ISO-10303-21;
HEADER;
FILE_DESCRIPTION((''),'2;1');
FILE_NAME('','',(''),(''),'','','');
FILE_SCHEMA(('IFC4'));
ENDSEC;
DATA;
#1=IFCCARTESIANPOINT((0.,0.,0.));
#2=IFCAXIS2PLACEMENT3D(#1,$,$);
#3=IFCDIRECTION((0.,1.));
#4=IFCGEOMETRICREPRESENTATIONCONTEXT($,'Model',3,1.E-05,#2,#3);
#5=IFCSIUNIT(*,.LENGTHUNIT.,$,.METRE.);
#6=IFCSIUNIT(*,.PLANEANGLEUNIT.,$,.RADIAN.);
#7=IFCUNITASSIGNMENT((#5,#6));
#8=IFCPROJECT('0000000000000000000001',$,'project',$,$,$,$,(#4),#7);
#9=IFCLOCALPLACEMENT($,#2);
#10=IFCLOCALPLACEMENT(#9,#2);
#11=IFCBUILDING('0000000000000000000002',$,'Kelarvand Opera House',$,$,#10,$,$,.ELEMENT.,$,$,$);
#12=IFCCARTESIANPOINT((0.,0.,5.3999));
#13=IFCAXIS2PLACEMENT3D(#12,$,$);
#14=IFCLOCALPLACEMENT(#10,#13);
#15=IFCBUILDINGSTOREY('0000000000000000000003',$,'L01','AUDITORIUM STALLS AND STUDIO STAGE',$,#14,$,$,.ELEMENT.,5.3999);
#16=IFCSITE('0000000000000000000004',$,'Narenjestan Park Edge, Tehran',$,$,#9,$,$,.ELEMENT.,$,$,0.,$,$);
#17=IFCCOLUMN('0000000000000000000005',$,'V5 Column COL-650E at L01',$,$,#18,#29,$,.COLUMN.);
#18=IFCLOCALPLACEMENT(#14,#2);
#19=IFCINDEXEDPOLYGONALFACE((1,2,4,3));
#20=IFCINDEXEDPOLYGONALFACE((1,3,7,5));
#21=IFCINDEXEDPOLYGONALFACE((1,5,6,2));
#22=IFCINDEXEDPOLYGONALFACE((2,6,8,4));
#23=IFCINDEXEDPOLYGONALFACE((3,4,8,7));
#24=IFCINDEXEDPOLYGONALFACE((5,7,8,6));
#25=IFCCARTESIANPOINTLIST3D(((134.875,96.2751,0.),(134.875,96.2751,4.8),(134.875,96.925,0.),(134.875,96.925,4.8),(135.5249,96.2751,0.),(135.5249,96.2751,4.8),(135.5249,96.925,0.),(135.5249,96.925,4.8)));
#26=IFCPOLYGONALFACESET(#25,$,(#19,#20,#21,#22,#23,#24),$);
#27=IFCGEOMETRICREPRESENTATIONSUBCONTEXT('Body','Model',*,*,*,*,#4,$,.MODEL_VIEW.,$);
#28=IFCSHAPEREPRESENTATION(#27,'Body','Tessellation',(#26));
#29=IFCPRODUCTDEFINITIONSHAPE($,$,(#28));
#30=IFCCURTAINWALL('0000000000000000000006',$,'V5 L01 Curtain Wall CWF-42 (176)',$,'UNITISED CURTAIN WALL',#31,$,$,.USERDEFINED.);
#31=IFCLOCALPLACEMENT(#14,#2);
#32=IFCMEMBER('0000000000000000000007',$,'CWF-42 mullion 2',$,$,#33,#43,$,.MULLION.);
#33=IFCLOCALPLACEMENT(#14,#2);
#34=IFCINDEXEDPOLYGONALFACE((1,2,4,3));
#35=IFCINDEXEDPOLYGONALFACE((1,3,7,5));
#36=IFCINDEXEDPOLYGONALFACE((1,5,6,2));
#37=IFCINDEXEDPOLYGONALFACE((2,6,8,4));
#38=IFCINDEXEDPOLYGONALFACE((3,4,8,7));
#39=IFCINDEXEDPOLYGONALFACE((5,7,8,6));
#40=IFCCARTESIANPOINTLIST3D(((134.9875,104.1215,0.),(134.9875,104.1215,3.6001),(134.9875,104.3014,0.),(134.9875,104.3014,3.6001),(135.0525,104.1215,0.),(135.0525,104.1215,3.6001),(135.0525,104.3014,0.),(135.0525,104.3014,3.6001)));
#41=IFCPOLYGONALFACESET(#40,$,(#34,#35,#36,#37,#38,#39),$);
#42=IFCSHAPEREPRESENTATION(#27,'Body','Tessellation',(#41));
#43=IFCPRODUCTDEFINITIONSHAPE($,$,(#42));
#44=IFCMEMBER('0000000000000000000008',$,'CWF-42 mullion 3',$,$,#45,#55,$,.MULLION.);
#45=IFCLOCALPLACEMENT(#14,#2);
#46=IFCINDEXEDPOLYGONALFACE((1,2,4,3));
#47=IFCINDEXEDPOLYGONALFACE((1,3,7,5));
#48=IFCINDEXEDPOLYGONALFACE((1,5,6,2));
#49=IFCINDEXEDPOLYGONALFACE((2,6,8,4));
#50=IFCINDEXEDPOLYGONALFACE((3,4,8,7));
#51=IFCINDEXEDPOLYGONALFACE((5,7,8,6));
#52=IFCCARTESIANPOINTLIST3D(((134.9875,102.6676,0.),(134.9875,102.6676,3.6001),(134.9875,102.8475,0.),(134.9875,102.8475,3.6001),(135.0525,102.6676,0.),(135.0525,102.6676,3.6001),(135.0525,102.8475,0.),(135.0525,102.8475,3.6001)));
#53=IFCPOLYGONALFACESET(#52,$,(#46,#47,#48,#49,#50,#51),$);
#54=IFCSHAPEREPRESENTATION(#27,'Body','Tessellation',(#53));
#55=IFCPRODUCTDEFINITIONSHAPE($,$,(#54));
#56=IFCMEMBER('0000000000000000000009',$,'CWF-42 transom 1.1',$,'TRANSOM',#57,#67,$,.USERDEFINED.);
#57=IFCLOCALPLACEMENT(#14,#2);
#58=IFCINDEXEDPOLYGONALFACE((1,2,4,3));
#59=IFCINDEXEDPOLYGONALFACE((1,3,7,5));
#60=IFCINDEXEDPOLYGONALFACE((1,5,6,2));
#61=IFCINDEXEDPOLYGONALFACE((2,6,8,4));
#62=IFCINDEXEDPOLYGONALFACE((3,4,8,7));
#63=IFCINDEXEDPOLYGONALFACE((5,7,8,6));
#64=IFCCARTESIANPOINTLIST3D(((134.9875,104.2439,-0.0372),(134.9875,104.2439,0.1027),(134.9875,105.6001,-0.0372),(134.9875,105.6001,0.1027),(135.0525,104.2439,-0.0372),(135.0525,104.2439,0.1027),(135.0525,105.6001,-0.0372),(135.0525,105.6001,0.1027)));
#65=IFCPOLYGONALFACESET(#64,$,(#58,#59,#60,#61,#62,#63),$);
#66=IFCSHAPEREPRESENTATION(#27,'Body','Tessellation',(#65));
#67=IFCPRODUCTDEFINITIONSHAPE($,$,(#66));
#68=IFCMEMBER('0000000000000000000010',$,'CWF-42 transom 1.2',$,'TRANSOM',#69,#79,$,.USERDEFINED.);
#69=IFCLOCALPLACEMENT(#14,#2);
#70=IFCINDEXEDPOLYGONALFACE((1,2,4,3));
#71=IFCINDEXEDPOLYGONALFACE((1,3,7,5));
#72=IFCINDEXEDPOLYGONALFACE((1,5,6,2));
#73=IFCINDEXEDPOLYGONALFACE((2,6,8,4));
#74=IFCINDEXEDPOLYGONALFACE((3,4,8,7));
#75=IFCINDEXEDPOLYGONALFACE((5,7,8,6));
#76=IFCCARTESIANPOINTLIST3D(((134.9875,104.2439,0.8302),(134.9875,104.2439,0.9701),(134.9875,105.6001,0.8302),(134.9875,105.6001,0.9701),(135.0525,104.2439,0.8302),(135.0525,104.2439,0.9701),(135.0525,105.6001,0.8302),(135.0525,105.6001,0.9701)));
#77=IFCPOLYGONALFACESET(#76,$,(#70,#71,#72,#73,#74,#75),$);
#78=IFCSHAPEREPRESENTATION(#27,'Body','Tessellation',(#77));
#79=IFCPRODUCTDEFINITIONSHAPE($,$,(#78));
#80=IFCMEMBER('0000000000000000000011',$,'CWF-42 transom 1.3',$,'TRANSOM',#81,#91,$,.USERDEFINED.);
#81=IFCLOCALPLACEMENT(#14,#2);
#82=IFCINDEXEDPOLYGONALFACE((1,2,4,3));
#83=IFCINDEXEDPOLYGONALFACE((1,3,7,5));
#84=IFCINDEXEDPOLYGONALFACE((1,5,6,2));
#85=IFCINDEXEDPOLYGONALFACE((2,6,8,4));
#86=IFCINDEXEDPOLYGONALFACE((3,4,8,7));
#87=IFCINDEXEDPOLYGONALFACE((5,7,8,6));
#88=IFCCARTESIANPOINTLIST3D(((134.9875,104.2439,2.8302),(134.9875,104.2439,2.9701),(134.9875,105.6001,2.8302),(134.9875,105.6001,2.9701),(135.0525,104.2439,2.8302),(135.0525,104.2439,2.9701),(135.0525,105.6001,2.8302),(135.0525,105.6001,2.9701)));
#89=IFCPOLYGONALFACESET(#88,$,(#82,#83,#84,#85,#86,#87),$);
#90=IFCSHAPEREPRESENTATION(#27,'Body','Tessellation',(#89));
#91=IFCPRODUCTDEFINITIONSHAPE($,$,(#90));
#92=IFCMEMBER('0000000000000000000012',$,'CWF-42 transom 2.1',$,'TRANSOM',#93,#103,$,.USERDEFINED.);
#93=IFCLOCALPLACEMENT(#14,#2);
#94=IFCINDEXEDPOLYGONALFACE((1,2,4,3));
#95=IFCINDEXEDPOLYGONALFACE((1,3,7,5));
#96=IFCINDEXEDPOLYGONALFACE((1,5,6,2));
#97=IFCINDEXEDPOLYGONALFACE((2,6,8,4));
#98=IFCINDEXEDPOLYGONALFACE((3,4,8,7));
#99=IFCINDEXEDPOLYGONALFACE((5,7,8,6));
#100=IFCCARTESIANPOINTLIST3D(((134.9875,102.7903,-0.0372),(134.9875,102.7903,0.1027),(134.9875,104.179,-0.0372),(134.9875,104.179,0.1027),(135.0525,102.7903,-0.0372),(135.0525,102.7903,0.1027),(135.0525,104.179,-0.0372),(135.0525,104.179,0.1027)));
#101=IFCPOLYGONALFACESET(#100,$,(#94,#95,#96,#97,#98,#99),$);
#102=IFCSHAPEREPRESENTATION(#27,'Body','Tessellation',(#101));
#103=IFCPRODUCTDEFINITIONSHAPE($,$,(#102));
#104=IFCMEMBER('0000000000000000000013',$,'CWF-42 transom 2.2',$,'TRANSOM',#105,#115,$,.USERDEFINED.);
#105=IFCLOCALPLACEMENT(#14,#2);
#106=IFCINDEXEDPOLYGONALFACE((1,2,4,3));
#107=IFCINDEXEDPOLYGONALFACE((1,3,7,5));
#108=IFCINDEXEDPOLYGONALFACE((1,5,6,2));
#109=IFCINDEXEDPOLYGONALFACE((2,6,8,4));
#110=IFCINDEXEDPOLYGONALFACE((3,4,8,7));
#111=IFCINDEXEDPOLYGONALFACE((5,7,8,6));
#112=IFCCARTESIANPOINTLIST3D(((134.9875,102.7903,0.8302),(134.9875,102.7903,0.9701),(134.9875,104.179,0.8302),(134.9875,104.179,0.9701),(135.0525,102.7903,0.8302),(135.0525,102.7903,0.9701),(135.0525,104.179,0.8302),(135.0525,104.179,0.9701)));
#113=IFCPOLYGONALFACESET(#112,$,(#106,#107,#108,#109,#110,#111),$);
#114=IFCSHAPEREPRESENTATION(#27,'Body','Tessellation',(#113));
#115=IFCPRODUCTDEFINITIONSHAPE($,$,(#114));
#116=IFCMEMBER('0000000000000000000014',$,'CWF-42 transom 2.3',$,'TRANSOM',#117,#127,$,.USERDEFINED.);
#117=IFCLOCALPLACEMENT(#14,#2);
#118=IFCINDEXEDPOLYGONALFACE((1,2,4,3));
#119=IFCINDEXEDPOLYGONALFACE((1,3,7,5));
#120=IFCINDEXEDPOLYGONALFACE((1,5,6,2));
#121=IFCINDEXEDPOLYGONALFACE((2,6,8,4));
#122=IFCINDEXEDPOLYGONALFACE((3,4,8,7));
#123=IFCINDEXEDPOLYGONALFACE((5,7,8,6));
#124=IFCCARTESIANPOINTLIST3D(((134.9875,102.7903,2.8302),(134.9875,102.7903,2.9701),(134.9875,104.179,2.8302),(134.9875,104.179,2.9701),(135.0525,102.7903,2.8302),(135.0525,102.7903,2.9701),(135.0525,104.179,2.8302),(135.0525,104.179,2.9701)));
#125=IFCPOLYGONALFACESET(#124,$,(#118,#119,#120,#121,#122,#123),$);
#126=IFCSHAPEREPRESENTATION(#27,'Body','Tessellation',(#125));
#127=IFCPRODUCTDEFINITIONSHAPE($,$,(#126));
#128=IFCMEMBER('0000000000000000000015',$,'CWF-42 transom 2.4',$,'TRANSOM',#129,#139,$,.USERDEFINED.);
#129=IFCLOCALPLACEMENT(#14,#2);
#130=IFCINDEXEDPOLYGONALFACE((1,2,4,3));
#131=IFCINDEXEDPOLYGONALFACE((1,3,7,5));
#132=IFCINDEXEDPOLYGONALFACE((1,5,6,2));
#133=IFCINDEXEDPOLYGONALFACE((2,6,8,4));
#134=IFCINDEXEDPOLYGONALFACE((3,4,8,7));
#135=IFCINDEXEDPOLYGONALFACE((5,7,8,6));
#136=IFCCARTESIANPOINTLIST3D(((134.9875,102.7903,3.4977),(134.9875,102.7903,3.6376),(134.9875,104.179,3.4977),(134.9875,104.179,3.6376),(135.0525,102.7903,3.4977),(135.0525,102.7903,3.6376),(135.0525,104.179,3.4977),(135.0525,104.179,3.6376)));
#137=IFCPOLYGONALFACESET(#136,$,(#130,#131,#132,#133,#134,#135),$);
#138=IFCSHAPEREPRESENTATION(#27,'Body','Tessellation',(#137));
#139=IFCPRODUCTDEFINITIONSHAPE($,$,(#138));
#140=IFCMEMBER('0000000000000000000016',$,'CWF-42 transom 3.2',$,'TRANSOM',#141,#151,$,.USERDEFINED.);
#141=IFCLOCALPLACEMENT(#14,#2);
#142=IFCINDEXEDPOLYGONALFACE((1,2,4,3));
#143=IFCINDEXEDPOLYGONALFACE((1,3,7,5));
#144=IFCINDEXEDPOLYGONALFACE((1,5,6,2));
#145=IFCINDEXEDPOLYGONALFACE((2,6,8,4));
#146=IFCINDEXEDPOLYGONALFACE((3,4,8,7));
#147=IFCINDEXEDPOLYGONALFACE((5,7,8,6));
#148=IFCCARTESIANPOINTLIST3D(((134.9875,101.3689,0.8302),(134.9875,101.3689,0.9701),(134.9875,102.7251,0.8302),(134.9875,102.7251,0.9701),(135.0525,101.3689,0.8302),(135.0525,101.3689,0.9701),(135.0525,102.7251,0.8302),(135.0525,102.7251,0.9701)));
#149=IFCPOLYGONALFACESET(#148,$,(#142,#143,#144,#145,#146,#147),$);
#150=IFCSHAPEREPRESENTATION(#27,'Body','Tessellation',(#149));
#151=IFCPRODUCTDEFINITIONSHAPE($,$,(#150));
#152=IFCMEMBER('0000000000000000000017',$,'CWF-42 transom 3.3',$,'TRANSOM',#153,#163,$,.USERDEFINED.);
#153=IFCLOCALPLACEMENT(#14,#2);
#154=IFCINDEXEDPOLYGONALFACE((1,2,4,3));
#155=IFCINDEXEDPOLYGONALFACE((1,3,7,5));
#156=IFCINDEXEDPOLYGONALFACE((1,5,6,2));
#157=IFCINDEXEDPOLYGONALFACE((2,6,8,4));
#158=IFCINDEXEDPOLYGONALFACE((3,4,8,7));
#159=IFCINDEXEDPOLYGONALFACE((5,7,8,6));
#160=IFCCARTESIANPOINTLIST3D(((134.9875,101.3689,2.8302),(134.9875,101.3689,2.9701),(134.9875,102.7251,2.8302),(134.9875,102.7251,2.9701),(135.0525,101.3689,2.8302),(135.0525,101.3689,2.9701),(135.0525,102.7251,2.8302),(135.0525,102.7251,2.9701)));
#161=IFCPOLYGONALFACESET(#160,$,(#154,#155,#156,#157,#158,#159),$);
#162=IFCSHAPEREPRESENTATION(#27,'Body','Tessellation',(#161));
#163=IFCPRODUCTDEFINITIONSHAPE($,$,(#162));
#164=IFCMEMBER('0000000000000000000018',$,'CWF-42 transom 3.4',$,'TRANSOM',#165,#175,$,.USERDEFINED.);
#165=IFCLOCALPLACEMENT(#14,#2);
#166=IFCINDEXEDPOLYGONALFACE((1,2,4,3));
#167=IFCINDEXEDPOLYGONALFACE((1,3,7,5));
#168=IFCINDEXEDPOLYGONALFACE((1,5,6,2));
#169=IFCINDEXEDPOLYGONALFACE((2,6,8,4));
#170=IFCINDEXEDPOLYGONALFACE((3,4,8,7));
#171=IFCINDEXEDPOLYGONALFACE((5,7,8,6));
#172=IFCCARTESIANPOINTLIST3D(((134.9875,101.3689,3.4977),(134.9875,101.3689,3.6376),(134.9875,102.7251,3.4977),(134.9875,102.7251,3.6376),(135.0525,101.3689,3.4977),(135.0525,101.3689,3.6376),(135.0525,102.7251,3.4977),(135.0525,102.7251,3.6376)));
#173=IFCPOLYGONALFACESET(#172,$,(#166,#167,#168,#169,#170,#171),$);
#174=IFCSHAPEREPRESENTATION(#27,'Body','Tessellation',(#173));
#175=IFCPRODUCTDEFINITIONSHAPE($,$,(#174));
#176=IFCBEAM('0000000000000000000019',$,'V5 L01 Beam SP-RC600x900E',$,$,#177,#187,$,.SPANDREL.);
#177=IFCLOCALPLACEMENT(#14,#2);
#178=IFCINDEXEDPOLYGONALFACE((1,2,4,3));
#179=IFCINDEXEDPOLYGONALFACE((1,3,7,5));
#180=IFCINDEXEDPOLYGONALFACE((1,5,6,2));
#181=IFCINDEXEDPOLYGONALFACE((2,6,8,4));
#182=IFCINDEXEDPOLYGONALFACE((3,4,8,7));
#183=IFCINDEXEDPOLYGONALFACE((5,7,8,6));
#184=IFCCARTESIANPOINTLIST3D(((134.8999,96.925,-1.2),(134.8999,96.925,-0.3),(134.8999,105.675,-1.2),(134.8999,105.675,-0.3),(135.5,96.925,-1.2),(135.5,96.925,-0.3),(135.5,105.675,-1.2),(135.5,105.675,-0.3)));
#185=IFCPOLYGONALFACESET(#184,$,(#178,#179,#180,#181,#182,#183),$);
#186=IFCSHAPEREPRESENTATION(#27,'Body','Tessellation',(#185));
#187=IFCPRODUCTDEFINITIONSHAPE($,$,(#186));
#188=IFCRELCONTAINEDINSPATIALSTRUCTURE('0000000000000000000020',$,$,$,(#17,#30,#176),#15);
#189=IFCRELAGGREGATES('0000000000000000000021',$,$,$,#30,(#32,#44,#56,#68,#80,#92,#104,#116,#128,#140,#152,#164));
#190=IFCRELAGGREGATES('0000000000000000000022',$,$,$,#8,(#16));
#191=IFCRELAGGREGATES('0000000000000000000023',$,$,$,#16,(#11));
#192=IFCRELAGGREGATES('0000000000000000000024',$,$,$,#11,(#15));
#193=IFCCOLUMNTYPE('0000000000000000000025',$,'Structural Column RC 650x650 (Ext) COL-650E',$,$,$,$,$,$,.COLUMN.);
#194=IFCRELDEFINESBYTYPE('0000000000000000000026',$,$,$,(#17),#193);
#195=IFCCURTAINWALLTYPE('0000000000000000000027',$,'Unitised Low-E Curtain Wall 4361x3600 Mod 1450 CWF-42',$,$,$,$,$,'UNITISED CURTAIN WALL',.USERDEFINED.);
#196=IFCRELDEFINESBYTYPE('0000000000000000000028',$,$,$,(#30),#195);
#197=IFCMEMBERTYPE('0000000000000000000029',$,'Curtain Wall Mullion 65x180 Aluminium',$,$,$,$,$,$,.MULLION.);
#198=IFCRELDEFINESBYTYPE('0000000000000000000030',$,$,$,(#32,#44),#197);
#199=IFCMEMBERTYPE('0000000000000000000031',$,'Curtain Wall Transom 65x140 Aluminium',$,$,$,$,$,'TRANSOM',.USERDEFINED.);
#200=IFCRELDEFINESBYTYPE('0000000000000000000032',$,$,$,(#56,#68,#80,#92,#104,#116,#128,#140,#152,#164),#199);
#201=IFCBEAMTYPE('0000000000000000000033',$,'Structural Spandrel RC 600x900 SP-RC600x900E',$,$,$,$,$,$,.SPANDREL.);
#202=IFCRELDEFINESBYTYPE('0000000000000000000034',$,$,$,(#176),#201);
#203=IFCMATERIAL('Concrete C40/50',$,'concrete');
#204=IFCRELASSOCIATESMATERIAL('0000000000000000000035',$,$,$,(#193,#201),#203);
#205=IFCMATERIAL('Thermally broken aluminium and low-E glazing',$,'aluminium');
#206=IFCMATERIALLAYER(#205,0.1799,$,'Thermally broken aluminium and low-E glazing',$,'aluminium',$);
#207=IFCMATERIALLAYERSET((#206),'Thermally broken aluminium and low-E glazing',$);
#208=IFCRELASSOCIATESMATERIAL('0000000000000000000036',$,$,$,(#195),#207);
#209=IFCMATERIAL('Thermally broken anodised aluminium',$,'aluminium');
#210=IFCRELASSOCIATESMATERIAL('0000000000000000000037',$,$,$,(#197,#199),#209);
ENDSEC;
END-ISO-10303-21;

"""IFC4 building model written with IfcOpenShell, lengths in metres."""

from ifc_helpers import new_model, si_unit, direction, frame, origin, origin_2d, place, context, subcontext, project, spatial, rectangle, extrude, material, layer, layer_set, material_profile, profile_set, type_object, element, aggregate, save


model = new_model("IFC4")

# Units and contexts
model_context = context("Model", 3, precision=1e-05, world=origin(), true_north=direction((0.0, 1.0)))
body_context = subcontext(model_context, "Body", "Model", "MODEL_VIEW")
ifc_project = project(units=[si_unit("LENGTHUNIT", "METRE"), si_unit("PLANEANGLEUNIT", "RADIAN")], contexts=[model_context])

# Site, building, storey
site_placement = place(None, origin())
site = spatial("IfcSite", under=ifc_project, at=site_placement, Name="Narenjestan Park Edge, Tehran", CompositionType="ELEMENT", RefElevation=0.0)
building_placement = place(site_placement, origin())
building = spatial("IfcBuilding", under=site, at=building_placement, Name="Kelarvand Opera House", CompositionType="ELEMENT")
storey_placement = place(building_placement, frame((0.0, 0.0, 5.3999)))
storey = spatial("IfcBuildingStorey", under=building, at=storey_placement, Name="L01", Description="AUDITORIUM STALLS AND STUDIO STAGE", CompositionType="ELEMENT", Elevation=5.3999)

# Column
ifc_material_1 = material(Name="Concrete C40/50", Category="concrete")
ifc_material_profile_1 = material_profile(ifc_material_1, rectangle(XDim=0.6499, YDim=0.6499, at=origin_2d()), Name="RC 650x650", Category="concrete")
ifc_profile_set_1 = profile_set([ifc_material_profile_1], Name="Concrete C40/50")
column_type = type_object("IfcColumnType", Name="Structural Column RC 650x650 (Ext) COL-650E", PredefinedType="COLUMN", material=ifc_profile_set_1)
column_placement = place(storey_placement, frame((135.2, 96.6001, 0.0), z_axis=(0.0, 0.0, 1.0), x_axis=(1.0, 0.0, 0.0)))
element("IfcColumn", 1, at=column_placement, inside=storey, type_object=column_type, Name="V5 Column COL-650E at L01", PredefinedType="COLUMN", context=body_context, shape_type="SweptSolid", body=[
    extrude(rectangle(XDim=0.6499, YDim=0.6499, at=origin_2d()), origin(), (0.0, 0.0, 1.0), 4.8),
])

# Curtain wall, members
ifc_material_2 = material(Name="Thermally broken aluminium and low-E glazing", Category="aluminium")
ifc_layer_1 = layer(ifc_material_2, 0.1799, Name="Thermally broken aluminium and low-E glazing", Category="aluminium")
ifc_layer_set_1 = layer_set([ifc_layer_1], Name="Thermally broken aluminium and low-E glazing")
curtain_wall_type = type_object("IfcCurtainWallType", Name="Unitised Low-E Curtain Wall 4361x3600 Mod 1450 CWF-42", ElementType="UNITISED CURTAIN WALL", PredefinedType="USERDEFINED", material=ifc_layer_set_1)
curtain_wall_placement = place(storey_placement, origin())
curtain_wall = element("IfcCurtainWall", 2, at=curtain_wall_placement, inside=storey, type_object=curtain_wall_type, Name="V5 L01 Curtain Wall CWF-42 (176)", ObjectType="UNITISED CURTAIN WALL", PredefinedType="USERDEFINED")
ifc_material_3 = material(Name="Thermally broken anodised aluminium", Category="aluminium")
ifc_material_profile_2 = material_profile(ifc_material_3, rectangle(XDim=0.0649, YDim=0.1799, at=origin_2d()), Name="ALU MULLION 65x180", Category="aluminium")
ifc_profile_set_2 = profile_set([ifc_material_profile_2], Name="Thermally broken anodised aluminium")
member_type_1 = type_object("IfcMemberType", Name="Curtain Wall Mullion 65x180 Aluminium", PredefinedType="MULLION", material=ifc_profile_set_2)
member_1_placement = place(storey_placement, frame((135.02, 104.2114, 0.0), z_axis=(0.0, 0.0, 1.0), x_axis=(1.0, 0.0, 0.0)))
member_1 = element("IfcMember", 3, at=member_1_placement, type_object=member_type_1, Name="CWF-42 mullion 2", PredefinedType="MULLION", context=body_context, shape_type="SweptSolid", body=[
    extrude(rectangle(XDim=0.0649, YDim=0.1799, at=origin_2d()), origin(), (0.0, 0.0, 1.0), 3.6001),
])
member_2_placement = place(storey_placement, frame((135.02, 102.7576, 0.0), z_axis=(0.0, 0.0, 1.0), x_axis=(1.0, 0.0, 0.0)))
member_2 = element("IfcMember", 4, at=member_2_placement, type_object=member_type_1, Name="CWF-42 mullion 3", PredefinedType="MULLION", context=body_context, shape_type="SweptSolid", body=[
    extrude(rectangle(XDim=0.0649, YDim=0.1799, at=origin_2d()), origin(), (0.0, 0.0, 1.0), 3.6001),
])
ifc_material_profile_3 = material_profile(ifc_material_3, rectangle(XDim=0.0649, YDim=0.1399, at=origin_2d()), Name="ALU TRANSOM 65x140", Category="aluminium")
ifc_profile_set_3 = profile_set([ifc_material_profile_3], Name="Thermally broken anodised aluminium")
member_type_2 = type_object("IfcMemberType", Name="Curtain Wall Transom 65x140 Aluminium", ElementType="TRANSOM", PredefinedType="USERDEFINED", material=ifc_profile_set_3)
member_3_placement = place(storey_placement, frame((135.02, 105.6001, 0.0327), z_axis=(0.0, -1.0, 0.0), x_axis=(1.0, 0.0, 0.0)))
member_3 = element("IfcMember", 5, at=member_3_placement, type_object=member_type_2, Name="CWF-42 transom 1.1", ObjectType="TRANSOM", PredefinedType="USERDEFINED", context=body_context, shape_type="SweptSolid", body=[
    extrude(rectangle(XDim=0.0649, YDim=0.1399, at=origin_2d()), origin(), (0.0, 0.0, 1.0), 1.3562),
])
member_4_placement = place(storey_placement, frame((135.02, 105.6001, 0.9001), z_axis=(0.0, -1.0, 0.0), x_axis=(1.0, 0.0, 0.0)))
member_4 = element("IfcMember", 6, at=member_4_placement, type_object=member_type_2, Name="CWF-42 transom 1.2", ObjectType="TRANSOM", PredefinedType="USERDEFINED", context=body_context, shape_type="SweptSolid", body=[
    extrude(rectangle(XDim=0.0649, YDim=0.1399, at=origin_2d()), origin(), (0.0, 0.0, 1.0), 1.3562),
])
member_5_placement = place(storey_placement, frame((135.02, 105.6001, 2.9001), z_axis=(0.0, -1.0, 0.0), x_axis=(1.0, 0.0, 0.0)))
member_5 = element("IfcMember", 7, at=member_5_placement, type_object=member_type_2, Name="CWF-42 transom 1.3", ObjectType="TRANSOM", PredefinedType="USERDEFINED", context=body_context, shape_type="SweptSolid", body=[
    extrude(rectangle(XDim=0.0649, YDim=0.1399, at=origin_2d()), origin(), (0.0, 0.0, 1.0), 1.3562),
])
member_6_placement = place(storey_placement, frame((135.02, 104.179, 0.0327), z_axis=(0.0, -1.0, 0.0), x_axis=(1.0, 0.0, 0.0)))
member_6 = element("IfcMember", 8, at=member_6_placement, type_object=member_type_2, Name="CWF-42 transom 2.1", ObjectType="TRANSOM", PredefinedType="USERDEFINED", context=body_context, shape_type="SweptSolid", body=[
    extrude(rectangle(XDim=0.0649, YDim=0.1399, at=origin_2d()), origin(), (0.0, 0.0, 1.0), 1.3887),
])
member_7_placement = place(storey_placement, frame((135.02, 104.179, 0.9001), z_axis=(0.0, -1.0, 0.0), x_axis=(1.0, 0.0, 0.0)))
member_7 = element("IfcMember", 9, at=member_7_placement, type_object=member_type_2, Name="CWF-42 transom 2.2", ObjectType="TRANSOM", PredefinedType="USERDEFINED", context=body_context, shape_type="SweptSolid", body=[
    extrude(rectangle(XDim=0.0649, YDim=0.1399, at=origin_2d()), origin(), (0.0, 0.0, 1.0), 1.3887),
])
member_8_placement = place(storey_placement, frame((135.02, 104.179, 2.9001), z_axis=(0.0, -1.0, 0.0), x_axis=(1.0, 0.0, 0.0)))
member_8 = element("IfcMember", 10, at=member_8_placement, type_object=member_type_2, Name="CWF-42 transom 2.3", ObjectType="TRANSOM", PredefinedType="USERDEFINED", context=body_context, shape_type="SweptSolid", body=[
    extrude(rectangle(XDim=0.0649, YDim=0.1399, at=origin_2d()), origin(), (0.0, 0.0, 1.0), 1.3887),
])
member_9_placement = place(storey_placement, frame((135.02, 104.179, 3.5676), z_axis=(0.0, -1.0, 0.0), x_axis=(1.0, 0.0, 0.0)))
member_9 = element("IfcMember", 11, at=member_9_placement, type_object=member_type_2, Name="CWF-42 transom 2.4", ObjectType="TRANSOM", PredefinedType="USERDEFINED", context=body_context, shape_type="SweptSolid", body=[
    extrude(rectangle(XDim=0.0649, YDim=0.1399, at=origin_2d()), origin(), (0.0, 0.0, 1.0), 1.3887),
])
member_10_placement = place(storey_placement, frame((135.02, 102.7251, 0.9001), z_axis=(0.0, -1.0, 0.0), x_axis=(1.0, 0.0, 0.0)))
member_10 = element("IfcMember", 12, at=member_10_placement, type_object=member_type_2, Name="CWF-42 transom 3.2", ObjectType="TRANSOM", PredefinedType="USERDEFINED", context=body_context, shape_type="SweptSolid", body=[
    extrude(rectangle(XDim=0.0649, YDim=0.1399, at=origin_2d()), origin(), (0.0, 0.0, 1.0), 1.3562),
])
member_11_placement = place(storey_placement, frame((135.02, 102.7251, 2.9001), z_axis=(0.0, -1.0, 0.0), x_axis=(1.0, 0.0, 0.0)))
member_11 = element("IfcMember", 13, at=member_11_placement, type_object=member_type_2, Name="CWF-42 transom 3.3", ObjectType="TRANSOM", PredefinedType="USERDEFINED", context=body_context, shape_type="SweptSolid", body=[
    extrude(rectangle(XDim=0.0649, YDim=0.1399, at=origin_2d()), origin(), (0.0, 0.0, 1.0), 1.3562),
])
member_12_placement = place(storey_placement, frame((135.02, 102.7251, 3.5676), z_axis=(0.0, -1.0, 0.0), x_axis=(1.0, 0.0, 0.0)))
member_12 = element("IfcMember", 14, at=member_12_placement, type_object=member_type_2, Name="CWF-42 transom 3.4", ObjectType="TRANSOM", PredefinedType="USERDEFINED", context=body_context, shape_type="SweptSolid", body=[
    extrude(rectangle(XDim=0.0649, YDim=0.1399, at=origin_2d()), origin(), (0.0, 0.0, 1.0), 1.3562),
])

# Beam
ifc_material_profile_4 = material_profile(ifc_material_1, rectangle(XDim=0.6001, YDim=0.8999, at=origin_2d()), Name="RC 600x900", Category="concrete")
ifc_profile_set_4 = profile_set([ifc_material_profile_4], Name="Concrete C40/50")
beam_type = type_object("IfcBeamType", Name="Structural Spandrel RC 600x900 SP-RC600x900E", PredefinedType="SPANDREL", material=ifc_profile_set_4)
beam_placement = place(storey_placement, frame((135.2, 96.925, -0.75), z_axis=(0.0, 1.0, 0.0), x_axis=(-1.0, 0.0, 0.0)))
element("IfcBeam", 15, at=beam_placement, inside=storey, type_object=beam_type, Name="V5 L01 Beam SP-RC600x900E", PredefinedType="SPANDREL", context=body_context, shape_type="SweptSolid", body=[
    extrude(rectangle(XDim=0.6001, YDim=0.8999, at=origin_2d()), origin(), (0.0, 0.0, 1.0), 8.75),
])

aggregate(curtain_wall, [member_1, member_2, member_3, member_4, member_5, member_6, member_7, member_8, member_9, member_10, member_11, member_12])

save(model, "model.ifc")
